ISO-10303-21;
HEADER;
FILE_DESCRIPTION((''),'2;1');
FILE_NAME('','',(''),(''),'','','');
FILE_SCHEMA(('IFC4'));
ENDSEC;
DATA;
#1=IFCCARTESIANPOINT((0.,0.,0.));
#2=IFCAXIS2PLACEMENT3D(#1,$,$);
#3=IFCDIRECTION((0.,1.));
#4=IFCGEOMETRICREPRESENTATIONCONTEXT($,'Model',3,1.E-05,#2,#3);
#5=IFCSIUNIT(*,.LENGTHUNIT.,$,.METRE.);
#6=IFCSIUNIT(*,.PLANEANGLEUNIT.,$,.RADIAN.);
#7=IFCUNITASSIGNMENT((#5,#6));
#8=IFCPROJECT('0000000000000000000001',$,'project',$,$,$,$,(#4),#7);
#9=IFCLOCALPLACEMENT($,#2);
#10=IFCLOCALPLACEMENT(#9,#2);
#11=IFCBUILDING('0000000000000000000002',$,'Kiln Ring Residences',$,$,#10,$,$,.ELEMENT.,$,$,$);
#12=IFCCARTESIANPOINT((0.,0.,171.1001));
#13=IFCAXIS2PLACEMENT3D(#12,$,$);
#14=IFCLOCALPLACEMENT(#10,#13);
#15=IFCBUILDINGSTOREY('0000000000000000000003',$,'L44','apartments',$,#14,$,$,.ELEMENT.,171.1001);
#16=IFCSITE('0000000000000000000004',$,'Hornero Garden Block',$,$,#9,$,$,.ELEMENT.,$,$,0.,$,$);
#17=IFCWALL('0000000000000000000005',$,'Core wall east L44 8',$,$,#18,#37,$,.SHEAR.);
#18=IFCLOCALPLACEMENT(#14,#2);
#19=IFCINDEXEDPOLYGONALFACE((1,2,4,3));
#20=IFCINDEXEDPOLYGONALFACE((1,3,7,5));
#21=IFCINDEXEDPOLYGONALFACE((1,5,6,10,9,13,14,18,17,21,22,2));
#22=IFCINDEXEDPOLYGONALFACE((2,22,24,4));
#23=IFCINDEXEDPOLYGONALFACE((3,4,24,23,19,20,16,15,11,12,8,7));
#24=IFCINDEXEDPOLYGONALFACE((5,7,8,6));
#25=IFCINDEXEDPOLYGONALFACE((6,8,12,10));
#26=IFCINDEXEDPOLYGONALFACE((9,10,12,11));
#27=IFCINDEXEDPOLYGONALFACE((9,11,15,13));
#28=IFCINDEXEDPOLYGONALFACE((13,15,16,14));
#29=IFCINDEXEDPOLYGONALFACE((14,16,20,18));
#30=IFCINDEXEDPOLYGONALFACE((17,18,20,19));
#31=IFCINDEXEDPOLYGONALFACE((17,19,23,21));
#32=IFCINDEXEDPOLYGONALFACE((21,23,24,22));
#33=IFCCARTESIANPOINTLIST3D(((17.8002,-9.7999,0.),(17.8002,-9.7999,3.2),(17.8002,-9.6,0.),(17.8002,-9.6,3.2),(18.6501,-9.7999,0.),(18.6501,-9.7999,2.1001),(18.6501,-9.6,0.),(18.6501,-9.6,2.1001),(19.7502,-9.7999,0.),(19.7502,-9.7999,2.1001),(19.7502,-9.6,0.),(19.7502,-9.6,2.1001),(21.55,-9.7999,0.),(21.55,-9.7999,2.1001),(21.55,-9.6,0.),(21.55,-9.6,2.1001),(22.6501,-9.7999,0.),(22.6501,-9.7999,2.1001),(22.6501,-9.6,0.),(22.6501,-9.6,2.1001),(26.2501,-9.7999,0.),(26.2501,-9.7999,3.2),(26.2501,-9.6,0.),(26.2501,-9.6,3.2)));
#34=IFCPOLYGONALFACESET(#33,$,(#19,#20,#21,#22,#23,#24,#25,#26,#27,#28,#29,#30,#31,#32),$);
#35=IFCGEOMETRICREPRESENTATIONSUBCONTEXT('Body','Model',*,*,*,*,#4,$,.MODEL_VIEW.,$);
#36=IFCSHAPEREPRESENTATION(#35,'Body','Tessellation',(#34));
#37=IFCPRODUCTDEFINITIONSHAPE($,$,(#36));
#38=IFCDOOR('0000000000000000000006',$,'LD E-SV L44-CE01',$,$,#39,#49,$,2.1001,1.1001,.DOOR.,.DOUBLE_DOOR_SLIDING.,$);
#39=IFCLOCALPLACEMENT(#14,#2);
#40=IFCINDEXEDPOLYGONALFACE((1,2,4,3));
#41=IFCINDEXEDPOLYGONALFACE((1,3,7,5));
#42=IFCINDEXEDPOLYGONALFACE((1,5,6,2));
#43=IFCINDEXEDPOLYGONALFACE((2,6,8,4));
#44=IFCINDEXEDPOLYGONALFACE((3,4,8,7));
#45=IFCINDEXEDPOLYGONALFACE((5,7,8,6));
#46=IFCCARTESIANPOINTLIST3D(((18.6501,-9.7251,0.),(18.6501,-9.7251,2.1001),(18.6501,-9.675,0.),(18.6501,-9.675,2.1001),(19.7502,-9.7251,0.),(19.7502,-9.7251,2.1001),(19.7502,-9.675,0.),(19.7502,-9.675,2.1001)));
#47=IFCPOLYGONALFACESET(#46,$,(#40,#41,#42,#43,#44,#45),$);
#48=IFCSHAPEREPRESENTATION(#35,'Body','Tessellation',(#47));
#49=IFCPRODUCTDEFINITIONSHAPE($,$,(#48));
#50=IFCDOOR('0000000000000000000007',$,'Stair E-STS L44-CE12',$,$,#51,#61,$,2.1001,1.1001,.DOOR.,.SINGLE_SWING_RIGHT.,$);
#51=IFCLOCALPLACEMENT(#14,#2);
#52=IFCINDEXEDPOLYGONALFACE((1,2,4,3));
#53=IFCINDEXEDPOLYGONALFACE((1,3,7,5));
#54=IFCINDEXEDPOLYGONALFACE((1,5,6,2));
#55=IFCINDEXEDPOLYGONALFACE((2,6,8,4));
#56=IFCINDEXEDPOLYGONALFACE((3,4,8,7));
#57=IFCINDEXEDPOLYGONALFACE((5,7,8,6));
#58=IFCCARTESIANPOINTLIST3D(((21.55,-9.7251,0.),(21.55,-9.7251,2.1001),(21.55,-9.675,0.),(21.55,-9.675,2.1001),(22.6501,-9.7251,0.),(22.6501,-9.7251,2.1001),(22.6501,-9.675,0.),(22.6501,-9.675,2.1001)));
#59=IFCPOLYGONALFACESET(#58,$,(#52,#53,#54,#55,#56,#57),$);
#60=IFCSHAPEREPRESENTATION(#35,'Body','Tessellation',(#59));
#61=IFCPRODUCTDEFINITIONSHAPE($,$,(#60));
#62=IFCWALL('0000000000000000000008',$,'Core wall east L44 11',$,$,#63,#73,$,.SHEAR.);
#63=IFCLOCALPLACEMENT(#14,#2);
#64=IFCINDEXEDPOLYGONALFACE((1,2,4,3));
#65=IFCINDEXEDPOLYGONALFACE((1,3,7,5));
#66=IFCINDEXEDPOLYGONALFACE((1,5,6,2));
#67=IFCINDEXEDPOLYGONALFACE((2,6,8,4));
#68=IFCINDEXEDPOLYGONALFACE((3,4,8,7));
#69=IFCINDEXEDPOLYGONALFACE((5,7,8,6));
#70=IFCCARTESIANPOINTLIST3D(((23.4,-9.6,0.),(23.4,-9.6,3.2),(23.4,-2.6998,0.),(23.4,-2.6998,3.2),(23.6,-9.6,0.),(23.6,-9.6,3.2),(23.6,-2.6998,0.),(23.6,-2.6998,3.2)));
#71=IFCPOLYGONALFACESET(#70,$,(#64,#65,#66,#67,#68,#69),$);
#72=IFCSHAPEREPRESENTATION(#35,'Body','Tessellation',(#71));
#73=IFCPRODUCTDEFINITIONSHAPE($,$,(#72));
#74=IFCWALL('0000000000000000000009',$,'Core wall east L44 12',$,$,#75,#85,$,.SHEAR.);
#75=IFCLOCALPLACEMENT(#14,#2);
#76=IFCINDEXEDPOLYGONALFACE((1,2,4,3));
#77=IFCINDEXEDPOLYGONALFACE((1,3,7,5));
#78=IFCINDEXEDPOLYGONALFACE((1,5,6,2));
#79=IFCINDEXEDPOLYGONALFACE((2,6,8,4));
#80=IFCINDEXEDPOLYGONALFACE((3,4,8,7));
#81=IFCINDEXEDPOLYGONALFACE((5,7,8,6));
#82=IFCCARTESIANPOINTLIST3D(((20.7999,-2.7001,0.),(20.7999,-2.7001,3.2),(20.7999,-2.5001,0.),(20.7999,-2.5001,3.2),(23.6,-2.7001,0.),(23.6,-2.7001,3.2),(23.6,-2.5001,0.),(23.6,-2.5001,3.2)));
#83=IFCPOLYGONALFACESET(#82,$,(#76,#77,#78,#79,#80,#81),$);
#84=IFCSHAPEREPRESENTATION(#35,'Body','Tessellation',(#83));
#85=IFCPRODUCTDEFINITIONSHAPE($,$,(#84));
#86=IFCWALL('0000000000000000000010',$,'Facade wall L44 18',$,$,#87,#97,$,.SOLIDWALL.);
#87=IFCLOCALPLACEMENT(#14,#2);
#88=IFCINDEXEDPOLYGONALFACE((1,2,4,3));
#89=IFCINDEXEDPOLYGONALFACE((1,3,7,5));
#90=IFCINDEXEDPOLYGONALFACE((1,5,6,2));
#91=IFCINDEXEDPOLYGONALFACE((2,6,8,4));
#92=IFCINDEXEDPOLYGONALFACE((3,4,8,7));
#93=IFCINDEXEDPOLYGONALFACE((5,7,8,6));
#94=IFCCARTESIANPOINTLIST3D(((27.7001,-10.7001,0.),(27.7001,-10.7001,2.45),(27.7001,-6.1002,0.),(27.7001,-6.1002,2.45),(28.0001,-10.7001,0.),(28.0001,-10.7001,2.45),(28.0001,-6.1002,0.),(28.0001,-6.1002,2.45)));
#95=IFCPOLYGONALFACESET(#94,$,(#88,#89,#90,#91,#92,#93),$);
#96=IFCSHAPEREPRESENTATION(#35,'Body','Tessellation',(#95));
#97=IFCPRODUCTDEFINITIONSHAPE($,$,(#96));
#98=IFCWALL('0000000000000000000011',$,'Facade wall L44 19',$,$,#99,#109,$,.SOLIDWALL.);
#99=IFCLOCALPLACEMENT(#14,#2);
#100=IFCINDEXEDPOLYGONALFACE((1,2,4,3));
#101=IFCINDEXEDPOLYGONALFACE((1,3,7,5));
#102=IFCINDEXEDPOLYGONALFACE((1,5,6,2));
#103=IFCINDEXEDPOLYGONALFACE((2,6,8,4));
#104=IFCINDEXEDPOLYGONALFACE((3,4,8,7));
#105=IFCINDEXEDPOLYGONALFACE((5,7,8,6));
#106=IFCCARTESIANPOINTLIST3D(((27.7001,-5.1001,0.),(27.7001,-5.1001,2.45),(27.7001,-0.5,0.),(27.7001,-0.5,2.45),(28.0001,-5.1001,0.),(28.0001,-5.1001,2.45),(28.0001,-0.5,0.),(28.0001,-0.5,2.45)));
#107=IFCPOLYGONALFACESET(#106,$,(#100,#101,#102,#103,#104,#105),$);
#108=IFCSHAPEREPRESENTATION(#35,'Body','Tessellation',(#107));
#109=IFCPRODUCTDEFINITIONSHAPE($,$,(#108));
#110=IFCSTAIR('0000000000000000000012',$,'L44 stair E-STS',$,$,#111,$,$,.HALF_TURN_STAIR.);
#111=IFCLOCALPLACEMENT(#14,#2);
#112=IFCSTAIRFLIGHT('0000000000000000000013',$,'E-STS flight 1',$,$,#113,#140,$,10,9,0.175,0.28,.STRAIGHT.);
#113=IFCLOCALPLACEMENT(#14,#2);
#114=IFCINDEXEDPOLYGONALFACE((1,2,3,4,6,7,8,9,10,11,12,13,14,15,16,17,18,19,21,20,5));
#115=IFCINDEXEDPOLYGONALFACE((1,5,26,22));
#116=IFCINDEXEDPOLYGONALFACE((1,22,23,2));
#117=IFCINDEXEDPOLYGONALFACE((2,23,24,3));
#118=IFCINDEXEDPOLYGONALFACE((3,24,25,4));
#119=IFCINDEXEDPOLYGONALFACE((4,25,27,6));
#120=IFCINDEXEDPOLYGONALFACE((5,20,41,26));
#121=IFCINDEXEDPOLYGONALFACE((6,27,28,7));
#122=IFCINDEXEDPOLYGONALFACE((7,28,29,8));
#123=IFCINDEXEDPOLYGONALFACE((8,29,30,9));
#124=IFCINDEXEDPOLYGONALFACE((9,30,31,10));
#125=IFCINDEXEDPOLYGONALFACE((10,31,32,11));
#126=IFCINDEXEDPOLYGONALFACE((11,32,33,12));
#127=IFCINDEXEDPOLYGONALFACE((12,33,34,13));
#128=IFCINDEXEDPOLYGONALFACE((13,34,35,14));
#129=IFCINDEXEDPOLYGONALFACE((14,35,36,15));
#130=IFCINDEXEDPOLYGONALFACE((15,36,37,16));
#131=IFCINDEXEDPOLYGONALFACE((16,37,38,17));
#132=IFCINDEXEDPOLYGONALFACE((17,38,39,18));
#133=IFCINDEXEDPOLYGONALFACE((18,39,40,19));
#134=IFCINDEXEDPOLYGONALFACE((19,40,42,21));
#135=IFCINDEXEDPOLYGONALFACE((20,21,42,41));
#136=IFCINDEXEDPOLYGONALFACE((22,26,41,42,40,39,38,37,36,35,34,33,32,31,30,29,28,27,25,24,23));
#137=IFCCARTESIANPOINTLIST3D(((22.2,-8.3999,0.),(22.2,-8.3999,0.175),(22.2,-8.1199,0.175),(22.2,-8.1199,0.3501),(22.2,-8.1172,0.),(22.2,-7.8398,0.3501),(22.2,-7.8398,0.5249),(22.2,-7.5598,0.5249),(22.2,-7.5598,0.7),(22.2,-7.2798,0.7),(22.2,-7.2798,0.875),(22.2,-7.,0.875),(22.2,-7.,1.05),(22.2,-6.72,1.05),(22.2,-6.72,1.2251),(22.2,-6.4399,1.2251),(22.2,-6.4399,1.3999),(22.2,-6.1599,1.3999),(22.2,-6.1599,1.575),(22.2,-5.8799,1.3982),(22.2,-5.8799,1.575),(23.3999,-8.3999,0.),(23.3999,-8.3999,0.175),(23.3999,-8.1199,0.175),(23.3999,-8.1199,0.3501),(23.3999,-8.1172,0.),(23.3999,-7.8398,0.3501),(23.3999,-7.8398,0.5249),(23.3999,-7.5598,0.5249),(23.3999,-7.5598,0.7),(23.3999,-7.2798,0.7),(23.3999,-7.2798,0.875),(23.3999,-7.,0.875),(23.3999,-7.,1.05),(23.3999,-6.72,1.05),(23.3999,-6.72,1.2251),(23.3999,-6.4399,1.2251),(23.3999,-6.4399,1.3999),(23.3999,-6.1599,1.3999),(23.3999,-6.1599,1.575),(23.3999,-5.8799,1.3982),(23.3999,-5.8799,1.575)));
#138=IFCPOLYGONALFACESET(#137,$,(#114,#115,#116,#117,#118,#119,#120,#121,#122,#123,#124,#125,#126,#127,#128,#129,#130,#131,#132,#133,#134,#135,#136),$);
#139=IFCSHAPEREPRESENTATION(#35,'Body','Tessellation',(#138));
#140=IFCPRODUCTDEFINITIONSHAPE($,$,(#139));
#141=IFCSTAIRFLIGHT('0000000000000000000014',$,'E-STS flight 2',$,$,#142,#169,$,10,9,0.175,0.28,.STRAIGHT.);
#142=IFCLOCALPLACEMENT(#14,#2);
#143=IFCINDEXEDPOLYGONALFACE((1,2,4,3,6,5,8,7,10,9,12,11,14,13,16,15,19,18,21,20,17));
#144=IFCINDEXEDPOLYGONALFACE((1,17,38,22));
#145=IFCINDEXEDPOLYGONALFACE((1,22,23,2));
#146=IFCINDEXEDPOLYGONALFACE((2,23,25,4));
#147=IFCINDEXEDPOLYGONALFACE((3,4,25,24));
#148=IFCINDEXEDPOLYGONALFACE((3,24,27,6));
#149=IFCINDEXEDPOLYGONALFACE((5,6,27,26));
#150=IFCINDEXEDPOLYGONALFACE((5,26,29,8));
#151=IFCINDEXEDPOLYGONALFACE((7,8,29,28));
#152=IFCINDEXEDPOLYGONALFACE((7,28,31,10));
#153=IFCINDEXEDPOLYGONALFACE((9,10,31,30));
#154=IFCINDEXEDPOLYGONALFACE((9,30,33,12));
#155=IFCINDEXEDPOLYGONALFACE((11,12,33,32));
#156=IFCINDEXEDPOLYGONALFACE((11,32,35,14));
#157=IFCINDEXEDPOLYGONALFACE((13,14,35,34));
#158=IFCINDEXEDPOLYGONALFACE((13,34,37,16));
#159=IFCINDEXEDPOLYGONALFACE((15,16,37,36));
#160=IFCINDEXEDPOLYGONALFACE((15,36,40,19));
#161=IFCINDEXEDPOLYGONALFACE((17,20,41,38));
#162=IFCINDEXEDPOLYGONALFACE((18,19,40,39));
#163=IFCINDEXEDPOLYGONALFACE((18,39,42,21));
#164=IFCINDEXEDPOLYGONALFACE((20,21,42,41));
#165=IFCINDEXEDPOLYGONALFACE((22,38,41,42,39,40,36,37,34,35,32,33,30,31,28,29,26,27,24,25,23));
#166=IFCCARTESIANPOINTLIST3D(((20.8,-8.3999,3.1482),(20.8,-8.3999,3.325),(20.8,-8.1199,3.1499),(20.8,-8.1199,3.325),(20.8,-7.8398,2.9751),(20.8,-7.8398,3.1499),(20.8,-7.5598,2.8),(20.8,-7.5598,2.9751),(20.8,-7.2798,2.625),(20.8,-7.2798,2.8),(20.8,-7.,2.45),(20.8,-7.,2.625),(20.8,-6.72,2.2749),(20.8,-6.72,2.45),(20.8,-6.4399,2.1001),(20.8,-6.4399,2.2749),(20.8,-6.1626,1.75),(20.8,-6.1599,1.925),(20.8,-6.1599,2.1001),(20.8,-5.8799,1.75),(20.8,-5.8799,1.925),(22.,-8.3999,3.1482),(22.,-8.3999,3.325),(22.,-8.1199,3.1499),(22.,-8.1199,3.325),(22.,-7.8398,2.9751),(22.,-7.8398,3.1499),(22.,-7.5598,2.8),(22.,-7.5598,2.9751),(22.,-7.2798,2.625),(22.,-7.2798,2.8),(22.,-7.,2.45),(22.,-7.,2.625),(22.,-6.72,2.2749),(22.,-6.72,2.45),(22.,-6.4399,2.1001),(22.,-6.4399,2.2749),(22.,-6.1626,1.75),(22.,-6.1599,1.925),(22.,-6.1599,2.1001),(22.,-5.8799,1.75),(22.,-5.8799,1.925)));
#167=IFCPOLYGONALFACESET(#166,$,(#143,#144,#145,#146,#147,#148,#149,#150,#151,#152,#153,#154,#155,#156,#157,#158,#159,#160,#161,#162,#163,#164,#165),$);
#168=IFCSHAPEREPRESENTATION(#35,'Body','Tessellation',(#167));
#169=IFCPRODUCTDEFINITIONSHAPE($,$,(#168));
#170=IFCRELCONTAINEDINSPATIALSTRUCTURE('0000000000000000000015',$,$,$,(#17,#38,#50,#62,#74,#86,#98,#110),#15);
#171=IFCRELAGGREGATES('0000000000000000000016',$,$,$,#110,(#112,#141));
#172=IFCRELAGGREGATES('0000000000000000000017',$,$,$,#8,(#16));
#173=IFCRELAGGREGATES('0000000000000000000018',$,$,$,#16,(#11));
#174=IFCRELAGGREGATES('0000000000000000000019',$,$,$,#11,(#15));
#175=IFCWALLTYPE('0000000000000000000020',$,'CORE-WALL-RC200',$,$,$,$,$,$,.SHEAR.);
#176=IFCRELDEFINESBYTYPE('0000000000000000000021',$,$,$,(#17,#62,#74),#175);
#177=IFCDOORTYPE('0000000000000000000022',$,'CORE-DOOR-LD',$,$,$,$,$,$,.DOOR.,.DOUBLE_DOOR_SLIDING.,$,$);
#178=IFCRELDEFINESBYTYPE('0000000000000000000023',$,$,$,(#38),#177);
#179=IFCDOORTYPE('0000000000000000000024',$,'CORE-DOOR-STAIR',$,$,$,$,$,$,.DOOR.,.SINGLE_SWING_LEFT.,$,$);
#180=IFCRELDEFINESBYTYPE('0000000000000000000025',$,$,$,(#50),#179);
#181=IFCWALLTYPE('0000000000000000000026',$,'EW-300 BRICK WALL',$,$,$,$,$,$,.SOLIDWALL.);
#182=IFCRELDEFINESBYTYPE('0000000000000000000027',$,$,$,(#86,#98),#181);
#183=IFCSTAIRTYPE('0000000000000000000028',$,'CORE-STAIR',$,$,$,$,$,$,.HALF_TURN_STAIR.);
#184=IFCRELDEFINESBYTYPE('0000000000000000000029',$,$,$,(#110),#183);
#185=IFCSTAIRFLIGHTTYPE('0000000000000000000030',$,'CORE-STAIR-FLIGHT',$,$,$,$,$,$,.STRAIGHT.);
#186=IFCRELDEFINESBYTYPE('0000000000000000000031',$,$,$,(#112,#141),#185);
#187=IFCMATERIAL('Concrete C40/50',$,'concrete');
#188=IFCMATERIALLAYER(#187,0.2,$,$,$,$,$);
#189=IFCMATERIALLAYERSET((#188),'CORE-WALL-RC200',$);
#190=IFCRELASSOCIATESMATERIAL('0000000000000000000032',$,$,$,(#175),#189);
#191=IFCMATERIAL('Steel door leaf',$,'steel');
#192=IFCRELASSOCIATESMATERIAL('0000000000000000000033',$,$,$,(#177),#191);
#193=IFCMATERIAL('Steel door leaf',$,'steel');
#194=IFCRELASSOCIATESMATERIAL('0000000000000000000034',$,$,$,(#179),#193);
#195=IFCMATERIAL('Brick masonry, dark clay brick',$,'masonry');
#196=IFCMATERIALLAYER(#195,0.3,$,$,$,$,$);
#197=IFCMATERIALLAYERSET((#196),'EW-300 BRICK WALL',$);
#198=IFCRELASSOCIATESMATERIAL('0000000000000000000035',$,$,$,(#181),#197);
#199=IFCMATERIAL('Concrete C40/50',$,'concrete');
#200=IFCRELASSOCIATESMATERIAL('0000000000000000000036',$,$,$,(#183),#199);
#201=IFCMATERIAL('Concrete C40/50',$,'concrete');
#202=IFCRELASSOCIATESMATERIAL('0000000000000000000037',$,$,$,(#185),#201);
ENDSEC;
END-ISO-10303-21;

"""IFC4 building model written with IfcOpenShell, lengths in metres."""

from ifc_helpers import new_model, si_unit, direction, frame, frame_2d, origin, place, context, subcontext, project, spatial, polyline, rectangle, outline, extrude, material, layer, layer_set, type_object, element, fill, aggregate, save


model = new_model("IFC4")

# Units and contexts
model_context = context("Model", 3, precision=1e-05, world=origin(), true_north=direction((0.0, 1.0)))
body_context = subcontext(model_context, "Body", "Model", "MODEL_VIEW")
ifc_project = project(units=[si_unit("LENGTHUNIT", "METRE"), si_unit("PLANEANGLEUNIT", "RADIAN")], contexts=[model_context])

# Site, building, storey
site_placement = place(None, origin())
site = spatial("IfcSite", under=ifc_project, at=site_placement, Name="Hornero Garden Block", CompositionType="ELEMENT", RefElevation=0.0)
building_placement = place(site_placement, origin())
building = spatial("IfcBuilding", under=site, at=building_placement, Name="Kiln Ring Residences", CompositionType="ELEMENT")
storey_placement = place(building_placement, frame((0.0, 0.0, 171.1001)))
storey = spatial("IfcBuildingStorey", under=building, at=storey_placement, Name="L44", Description="apartments", CompositionType="ELEMENT", Elevation=171.1001)

# Shared definitions
ifc_material_1 = material(Name="Concrete C40/50", Category="concrete")
ifc_layer_1 = layer(ifc_material_1, 0.2)
ifc_layer_set_1 = layer_set([ifc_layer_1], Name="CORE-WALL-RC200")
wall_type_1 = type_object("IfcWallType", Name="CORE-WALL-RC200", PredefinedType="SHEAR", material=ifc_layer_set_1)

# Wall, openings, doors
wall_1_placement = place(storey_placement, frame((17.8, -9.7, 0.0), z_axis=(0.0, 0.0, 1.0), x_axis=(1.0, 0.0, 0.0)))
wall_1 = element("IfcWall", 1, at=wall_1_placement, inside=storey, type_object=wall_type_1, Name="Core wall east L44 8", PredefinedType="SHEAR", context=body_context, shape_type="SweptSolid", body=[
    extrude(rectangle(XDim=8.45, YDim=0.2, at=frame_2d((4.2251, 0.0))), origin(), (0.0, 0.0, 1.0), 3.2),
])
opening_1_placement = place(wall_1_placement, frame((0.8501, 0.0, 0.0)))
opening_1 = element("IfcOpeningElement", 2, at=opening_1_placement, cuts=wall_1, PredefinedType="OPENING", context=body_context, shape_type="SweptSolid", body=[
    extrude(rectangle(XDim=1.1001, YDim=2.1001, at=frame_2d((0.55, 1.05))), frame((0.0, 0.1099, 0.0), z_axis=(0.0, -1.0, 0.0), x_axis=(1.0, 0.0, 0.0)), (0.0, 0.0, 1.0), 0.22),
])
opening_2_placement = place(wall_1_placement, frame((3.75, 0.0, 0.0)))
opening_2 = element("IfcOpeningElement", 3, at=opening_2_placement, cuts=wall_1, PredefinedType="OPENING", context=body_context, shape_type="SweptSolid", body=[
    extrude(rectangle(XDim=1.1001, YDim=2.1001, at=frame_2d((0.55, 1.05))), frame((0.0, 0.1099, 0.0), z_axis=(0.0, -1.0, 0.0), x_axis=(1.0, 0.0, 0.0)), (0.0, 0.0, 1.0), 0.22),
])
ifc_material_2 = material(Name="Steel door leaf", Category="steel")
door_type_1 = type_object("IfcDoorType", Name="CORE-DOOR-LD", OperationType="DOUBLE_DOOR_SLIDING", PredefinedType="DOOR", material=ifc_material_2)
door_1_placement = place(opening_1_placement, origin())
door_1 = element("IfcDoor", 4, at=door_1_placement, inside=storey, type_object=door_type_1, Name="LD E-SV L44-CE01", OperationType="DOUBLE_DOOR_SLIDING", OverallHeight=2.1001, OverallWidth=1.1001, PredefinedType="DOOR", context=body_context, shape_type="SweptSolid", body=[
    extrude(rectangle(XDim=1.1001, YDim=2.1001, at=frame_2d((0.55, 1.05))), frame((0.0, 0.0249, 0.0), z_axis=(0.0, -1.0, 0.0), x_axis=(1.0, 0.0, 0.0)), (0.0, 0.0, 1.0), 0.05),
])
fill(opening_1, door_1)
ifc_material_3 = material(Name="Steel door leaf", Category="steel")
door_type_2 = type_object("IfcDoorType", Name="CORE-DOOR-STAIR", OperationType="SINGLE_SWING_LEFT", PredefinedType="DOOR", material=ifc_material_3)
door_2_placement = place(opening_2_placement, origin())
door_2 = element("IfcDoor", 5, at=door_2_placement, inside=storey, type_object=door_type_2, Name="Stair E-STS L44-CE12", OperationType="SINGLE_SWING_RIGHT", OverallHeight=2.1001, OverallWidth=1.1001, PredefinedType="DOOR", context=body_context, shape_type="SweptSolid", body=[
    extrude(rectangle(XDim=1.1001, YDim=2.1001, at=frame_2d((0.55, 1.05))), frame((0.0, 0.0249, 0.0), z_axis=(0.0, -1.0, 0.0), x_axis=(1.0, 0.0, 0.0)), (0.0, 0.0, 1.0), 0.05),
])
fill(opening_2, door_2)

# Walls
wall_2_placement = place(storey_placement, frame((23.5, -9.6001, 0.0), z_axis=(0.0, 0.0, 1.0), x_axis=(0.0, 1.0, 0.0)))
element("IfcWall", 6, at=wall_2_placement, inside=storey, type_object=wall_type_1, Name="Core wall east L44 11", PredefinedType="SHEAR", context=body_context, shape_type="SweptSolid", body=[
    extrude(rectangle(XDim=6.9001, YDim=0.2, at=frame_2d((3.4502, 0.0))), origin(), (0.0, 0.0, 1.0), 3.2),
])
wall_3_placement = place(storey_placement, frame((20.8, -2.6001, 0.0), z_axis=(0.0, 0.0, 1.0), x_axis=(1.0, 0.0, 0.0)))
element("IfcWall", 7, at=wall_3_placement, inside=storey, type_object=wall_type_1, Name="Core wall east L44 12", PredefinedType="SHEAR", context=body_context, shape_type="SweptSolid", body=[
    extrude(rectangle(XDim=2.8, YDim=0.2, at=frame_2d((1.3999, 0.0))), origin(), (0.0, 0.0, 1.0), 3.2),
])
ifc_material_4 = material(Name="Brick masonry, dark clay brick", Category="masonry")
ifc_layer_2 = layer(ifc_material_4, 0.3)
ifc_layer_set_2 = layer_set([ifc_layer_2], Name="EW-300 BRICK WALL")
wall_type_2 = type_object("IfcWallType", Name="EW-300 BRICK WALL", PredefinedType="SOLIDWALL", material=ifc_layer_set_2)
wall_4_placement = place(storey_placement, frame((27.8501, -10.7, 0.0), z_axis=(0.0, 0.0, 1.0), x_axis=(0.0, 1.0, 0.0)))
element("IfcWall", 8, at=wall_4_placement, inside=storey, type_object=wall_type_2, Name="Facade wall L44 18", PredefinedType="SOLIDWALL", context=body_context, shape_type="SweptSolid", body=[
    extrude(rectangle(XDim=4.5999, YDim=0.3, at=frame_2d((2.2998, 0.0))), origin(), (0.0, 0.0, 1.0), 2.45),
])
wall_5_placement = place(storey_placement, frame((27.8501, -5.1001, 0.0), z_axis=(0.0, 0.0, 1.0), x_axis=(0.0, 1.0, 0.0)))
element("IfcWall", 9, at=wall_5_placement, inside=storey, type_object=wall_type_2, Name="Facade wall L44 19", PredefinedType="SOLIDWALL", context=body_context, shape_type="SweptSolid", body=[
    extrude(rectangle(XDim=4.6001, YDim=0.3, at=frame_2d((2.3, 0.0))), origin(), (0.0, 0.0, 1.0), 2.45),
])

# Stair, stair flights
ifc_material_5 = material(Name="Concrete C40/50", Category="concrete")
stair_type = type_object("IfcStairType", Name="CORE-STAIR", PredefinedType="HALF_TURN_STAIR", material=ifc_material_5)
stair_placement = place(storey_placement, origin())
stair = element("IfcStair", 10, at=stair_placement, inside=storey, type_object=stair_type, Name="L44 stair E-STS", PredefinedType="HALF_TURN_STAIR")
ifc_material_6 = material(Name="Concrete C40/50", Category="concrete")
stair_flight_type = type_object("IfcStairFlightType", Name="CORE-STAIR-FLIGHT", PredefinedType="STRAIGHT", material=ifc_material_6)
stair_flight_1_placement = place(storey_placement, frame((22.8, -8.3999, 0.0), z_axis=(0.0, 0.0, 1.0), x_axis=(0.0, 1.0, 0.0)))
stair_flight_1 = element("IfcStairFlight", 11, at=stair_flight_1_placement, type_object=stair_flight_type, Name="E-STS flight 1", NumberOfRisers=10, NumberOfTreads=9, PredefinedType="STRAIGHT", RiserHeight=0.175, TreadLength=0.28, context=body_context, shape_type="SweptSolid", body=[
    extrude(outline(polyline([(0.0, 0.0), (0.0, 0.175), (0.28, 0.175), (0.28, 0.3501), (0.5601, 0.3501), (0.5601, 0.5249), (0.8401, 0.5249), (0.8401, 0.7), (1.1201, 0.7), (1.1201, 0.875), (1.3999, 0.875), (1.3999, 1.05), (1.6799, 1.05), (1.6799, 1.2251), (1.96, 1.2251), (1.96, 1.3999), (2.24, 1.3999), (2.24, 1.575), (2.52, 1.575), (2.52, 1.75), (2.52, 1.3982), (0.2827, 0.0), (0.0, 0.0)])), frame((0.0, 0.6001, 0.0), z_axis=(0.0, -1.0, 0.0), x_axis=(1.0, 0.0, 0.0)), (0.0, 0.0, 1.0), 1.2),
])
stair_flight_2_placement = place(storey_placement, frame((21.3999, -5.8799, 1.75), z_axis=(0.0, 0.0, 1.0), x_axis=(0.0, -1.0, 0.0)))
stair_flight_2 = element("IfcStairFlight", 12, at=stair_flight_2_placement, type_object=stair_flight_type, Name="E-STS flight 2", NumberOfRisers=10, NumberOfTreads=9, PredefinedType="STRAIGHT", RiserHeight=0.175, TreadLength=0.28, context=body_context, shape_type="SweptSolid", body=[
    extrude(outline(polyline([(0.0, 0.0), (0.0, 0.175), (0.28, 0.175), (0.28, 0.3501), (0.5601, 0.3501), (0.5601, 0.5249), (0.8401, 0.5249), (0.8401, 0.7), (1.1201, 0.7), (1.1201, 0.875), (1.3999, 0.875), (1.3999, 1.05), (1.6799, 1.05), (1.6799, 1.2251), (1.96, 1.2251), (1.96, 1.3999), (2.24, 1.3999), (2.24, 1.575), (2.52, 1.575), (2.52, 1.75), (2.52, 1.3982), (0.2827, 0.0), (0.0, 0.0)])), frame((0.0, 0.6001, 0.0), z_axis=(0.0, -1.0, 0.0), x_axis=(1.0, 0.0, 0.0)), (0.0, 0.0, 1.0), 1.2),
])
aggregate(stair, [stair_flight_1, stair_flight_2])

save(model, "model.ifc")
